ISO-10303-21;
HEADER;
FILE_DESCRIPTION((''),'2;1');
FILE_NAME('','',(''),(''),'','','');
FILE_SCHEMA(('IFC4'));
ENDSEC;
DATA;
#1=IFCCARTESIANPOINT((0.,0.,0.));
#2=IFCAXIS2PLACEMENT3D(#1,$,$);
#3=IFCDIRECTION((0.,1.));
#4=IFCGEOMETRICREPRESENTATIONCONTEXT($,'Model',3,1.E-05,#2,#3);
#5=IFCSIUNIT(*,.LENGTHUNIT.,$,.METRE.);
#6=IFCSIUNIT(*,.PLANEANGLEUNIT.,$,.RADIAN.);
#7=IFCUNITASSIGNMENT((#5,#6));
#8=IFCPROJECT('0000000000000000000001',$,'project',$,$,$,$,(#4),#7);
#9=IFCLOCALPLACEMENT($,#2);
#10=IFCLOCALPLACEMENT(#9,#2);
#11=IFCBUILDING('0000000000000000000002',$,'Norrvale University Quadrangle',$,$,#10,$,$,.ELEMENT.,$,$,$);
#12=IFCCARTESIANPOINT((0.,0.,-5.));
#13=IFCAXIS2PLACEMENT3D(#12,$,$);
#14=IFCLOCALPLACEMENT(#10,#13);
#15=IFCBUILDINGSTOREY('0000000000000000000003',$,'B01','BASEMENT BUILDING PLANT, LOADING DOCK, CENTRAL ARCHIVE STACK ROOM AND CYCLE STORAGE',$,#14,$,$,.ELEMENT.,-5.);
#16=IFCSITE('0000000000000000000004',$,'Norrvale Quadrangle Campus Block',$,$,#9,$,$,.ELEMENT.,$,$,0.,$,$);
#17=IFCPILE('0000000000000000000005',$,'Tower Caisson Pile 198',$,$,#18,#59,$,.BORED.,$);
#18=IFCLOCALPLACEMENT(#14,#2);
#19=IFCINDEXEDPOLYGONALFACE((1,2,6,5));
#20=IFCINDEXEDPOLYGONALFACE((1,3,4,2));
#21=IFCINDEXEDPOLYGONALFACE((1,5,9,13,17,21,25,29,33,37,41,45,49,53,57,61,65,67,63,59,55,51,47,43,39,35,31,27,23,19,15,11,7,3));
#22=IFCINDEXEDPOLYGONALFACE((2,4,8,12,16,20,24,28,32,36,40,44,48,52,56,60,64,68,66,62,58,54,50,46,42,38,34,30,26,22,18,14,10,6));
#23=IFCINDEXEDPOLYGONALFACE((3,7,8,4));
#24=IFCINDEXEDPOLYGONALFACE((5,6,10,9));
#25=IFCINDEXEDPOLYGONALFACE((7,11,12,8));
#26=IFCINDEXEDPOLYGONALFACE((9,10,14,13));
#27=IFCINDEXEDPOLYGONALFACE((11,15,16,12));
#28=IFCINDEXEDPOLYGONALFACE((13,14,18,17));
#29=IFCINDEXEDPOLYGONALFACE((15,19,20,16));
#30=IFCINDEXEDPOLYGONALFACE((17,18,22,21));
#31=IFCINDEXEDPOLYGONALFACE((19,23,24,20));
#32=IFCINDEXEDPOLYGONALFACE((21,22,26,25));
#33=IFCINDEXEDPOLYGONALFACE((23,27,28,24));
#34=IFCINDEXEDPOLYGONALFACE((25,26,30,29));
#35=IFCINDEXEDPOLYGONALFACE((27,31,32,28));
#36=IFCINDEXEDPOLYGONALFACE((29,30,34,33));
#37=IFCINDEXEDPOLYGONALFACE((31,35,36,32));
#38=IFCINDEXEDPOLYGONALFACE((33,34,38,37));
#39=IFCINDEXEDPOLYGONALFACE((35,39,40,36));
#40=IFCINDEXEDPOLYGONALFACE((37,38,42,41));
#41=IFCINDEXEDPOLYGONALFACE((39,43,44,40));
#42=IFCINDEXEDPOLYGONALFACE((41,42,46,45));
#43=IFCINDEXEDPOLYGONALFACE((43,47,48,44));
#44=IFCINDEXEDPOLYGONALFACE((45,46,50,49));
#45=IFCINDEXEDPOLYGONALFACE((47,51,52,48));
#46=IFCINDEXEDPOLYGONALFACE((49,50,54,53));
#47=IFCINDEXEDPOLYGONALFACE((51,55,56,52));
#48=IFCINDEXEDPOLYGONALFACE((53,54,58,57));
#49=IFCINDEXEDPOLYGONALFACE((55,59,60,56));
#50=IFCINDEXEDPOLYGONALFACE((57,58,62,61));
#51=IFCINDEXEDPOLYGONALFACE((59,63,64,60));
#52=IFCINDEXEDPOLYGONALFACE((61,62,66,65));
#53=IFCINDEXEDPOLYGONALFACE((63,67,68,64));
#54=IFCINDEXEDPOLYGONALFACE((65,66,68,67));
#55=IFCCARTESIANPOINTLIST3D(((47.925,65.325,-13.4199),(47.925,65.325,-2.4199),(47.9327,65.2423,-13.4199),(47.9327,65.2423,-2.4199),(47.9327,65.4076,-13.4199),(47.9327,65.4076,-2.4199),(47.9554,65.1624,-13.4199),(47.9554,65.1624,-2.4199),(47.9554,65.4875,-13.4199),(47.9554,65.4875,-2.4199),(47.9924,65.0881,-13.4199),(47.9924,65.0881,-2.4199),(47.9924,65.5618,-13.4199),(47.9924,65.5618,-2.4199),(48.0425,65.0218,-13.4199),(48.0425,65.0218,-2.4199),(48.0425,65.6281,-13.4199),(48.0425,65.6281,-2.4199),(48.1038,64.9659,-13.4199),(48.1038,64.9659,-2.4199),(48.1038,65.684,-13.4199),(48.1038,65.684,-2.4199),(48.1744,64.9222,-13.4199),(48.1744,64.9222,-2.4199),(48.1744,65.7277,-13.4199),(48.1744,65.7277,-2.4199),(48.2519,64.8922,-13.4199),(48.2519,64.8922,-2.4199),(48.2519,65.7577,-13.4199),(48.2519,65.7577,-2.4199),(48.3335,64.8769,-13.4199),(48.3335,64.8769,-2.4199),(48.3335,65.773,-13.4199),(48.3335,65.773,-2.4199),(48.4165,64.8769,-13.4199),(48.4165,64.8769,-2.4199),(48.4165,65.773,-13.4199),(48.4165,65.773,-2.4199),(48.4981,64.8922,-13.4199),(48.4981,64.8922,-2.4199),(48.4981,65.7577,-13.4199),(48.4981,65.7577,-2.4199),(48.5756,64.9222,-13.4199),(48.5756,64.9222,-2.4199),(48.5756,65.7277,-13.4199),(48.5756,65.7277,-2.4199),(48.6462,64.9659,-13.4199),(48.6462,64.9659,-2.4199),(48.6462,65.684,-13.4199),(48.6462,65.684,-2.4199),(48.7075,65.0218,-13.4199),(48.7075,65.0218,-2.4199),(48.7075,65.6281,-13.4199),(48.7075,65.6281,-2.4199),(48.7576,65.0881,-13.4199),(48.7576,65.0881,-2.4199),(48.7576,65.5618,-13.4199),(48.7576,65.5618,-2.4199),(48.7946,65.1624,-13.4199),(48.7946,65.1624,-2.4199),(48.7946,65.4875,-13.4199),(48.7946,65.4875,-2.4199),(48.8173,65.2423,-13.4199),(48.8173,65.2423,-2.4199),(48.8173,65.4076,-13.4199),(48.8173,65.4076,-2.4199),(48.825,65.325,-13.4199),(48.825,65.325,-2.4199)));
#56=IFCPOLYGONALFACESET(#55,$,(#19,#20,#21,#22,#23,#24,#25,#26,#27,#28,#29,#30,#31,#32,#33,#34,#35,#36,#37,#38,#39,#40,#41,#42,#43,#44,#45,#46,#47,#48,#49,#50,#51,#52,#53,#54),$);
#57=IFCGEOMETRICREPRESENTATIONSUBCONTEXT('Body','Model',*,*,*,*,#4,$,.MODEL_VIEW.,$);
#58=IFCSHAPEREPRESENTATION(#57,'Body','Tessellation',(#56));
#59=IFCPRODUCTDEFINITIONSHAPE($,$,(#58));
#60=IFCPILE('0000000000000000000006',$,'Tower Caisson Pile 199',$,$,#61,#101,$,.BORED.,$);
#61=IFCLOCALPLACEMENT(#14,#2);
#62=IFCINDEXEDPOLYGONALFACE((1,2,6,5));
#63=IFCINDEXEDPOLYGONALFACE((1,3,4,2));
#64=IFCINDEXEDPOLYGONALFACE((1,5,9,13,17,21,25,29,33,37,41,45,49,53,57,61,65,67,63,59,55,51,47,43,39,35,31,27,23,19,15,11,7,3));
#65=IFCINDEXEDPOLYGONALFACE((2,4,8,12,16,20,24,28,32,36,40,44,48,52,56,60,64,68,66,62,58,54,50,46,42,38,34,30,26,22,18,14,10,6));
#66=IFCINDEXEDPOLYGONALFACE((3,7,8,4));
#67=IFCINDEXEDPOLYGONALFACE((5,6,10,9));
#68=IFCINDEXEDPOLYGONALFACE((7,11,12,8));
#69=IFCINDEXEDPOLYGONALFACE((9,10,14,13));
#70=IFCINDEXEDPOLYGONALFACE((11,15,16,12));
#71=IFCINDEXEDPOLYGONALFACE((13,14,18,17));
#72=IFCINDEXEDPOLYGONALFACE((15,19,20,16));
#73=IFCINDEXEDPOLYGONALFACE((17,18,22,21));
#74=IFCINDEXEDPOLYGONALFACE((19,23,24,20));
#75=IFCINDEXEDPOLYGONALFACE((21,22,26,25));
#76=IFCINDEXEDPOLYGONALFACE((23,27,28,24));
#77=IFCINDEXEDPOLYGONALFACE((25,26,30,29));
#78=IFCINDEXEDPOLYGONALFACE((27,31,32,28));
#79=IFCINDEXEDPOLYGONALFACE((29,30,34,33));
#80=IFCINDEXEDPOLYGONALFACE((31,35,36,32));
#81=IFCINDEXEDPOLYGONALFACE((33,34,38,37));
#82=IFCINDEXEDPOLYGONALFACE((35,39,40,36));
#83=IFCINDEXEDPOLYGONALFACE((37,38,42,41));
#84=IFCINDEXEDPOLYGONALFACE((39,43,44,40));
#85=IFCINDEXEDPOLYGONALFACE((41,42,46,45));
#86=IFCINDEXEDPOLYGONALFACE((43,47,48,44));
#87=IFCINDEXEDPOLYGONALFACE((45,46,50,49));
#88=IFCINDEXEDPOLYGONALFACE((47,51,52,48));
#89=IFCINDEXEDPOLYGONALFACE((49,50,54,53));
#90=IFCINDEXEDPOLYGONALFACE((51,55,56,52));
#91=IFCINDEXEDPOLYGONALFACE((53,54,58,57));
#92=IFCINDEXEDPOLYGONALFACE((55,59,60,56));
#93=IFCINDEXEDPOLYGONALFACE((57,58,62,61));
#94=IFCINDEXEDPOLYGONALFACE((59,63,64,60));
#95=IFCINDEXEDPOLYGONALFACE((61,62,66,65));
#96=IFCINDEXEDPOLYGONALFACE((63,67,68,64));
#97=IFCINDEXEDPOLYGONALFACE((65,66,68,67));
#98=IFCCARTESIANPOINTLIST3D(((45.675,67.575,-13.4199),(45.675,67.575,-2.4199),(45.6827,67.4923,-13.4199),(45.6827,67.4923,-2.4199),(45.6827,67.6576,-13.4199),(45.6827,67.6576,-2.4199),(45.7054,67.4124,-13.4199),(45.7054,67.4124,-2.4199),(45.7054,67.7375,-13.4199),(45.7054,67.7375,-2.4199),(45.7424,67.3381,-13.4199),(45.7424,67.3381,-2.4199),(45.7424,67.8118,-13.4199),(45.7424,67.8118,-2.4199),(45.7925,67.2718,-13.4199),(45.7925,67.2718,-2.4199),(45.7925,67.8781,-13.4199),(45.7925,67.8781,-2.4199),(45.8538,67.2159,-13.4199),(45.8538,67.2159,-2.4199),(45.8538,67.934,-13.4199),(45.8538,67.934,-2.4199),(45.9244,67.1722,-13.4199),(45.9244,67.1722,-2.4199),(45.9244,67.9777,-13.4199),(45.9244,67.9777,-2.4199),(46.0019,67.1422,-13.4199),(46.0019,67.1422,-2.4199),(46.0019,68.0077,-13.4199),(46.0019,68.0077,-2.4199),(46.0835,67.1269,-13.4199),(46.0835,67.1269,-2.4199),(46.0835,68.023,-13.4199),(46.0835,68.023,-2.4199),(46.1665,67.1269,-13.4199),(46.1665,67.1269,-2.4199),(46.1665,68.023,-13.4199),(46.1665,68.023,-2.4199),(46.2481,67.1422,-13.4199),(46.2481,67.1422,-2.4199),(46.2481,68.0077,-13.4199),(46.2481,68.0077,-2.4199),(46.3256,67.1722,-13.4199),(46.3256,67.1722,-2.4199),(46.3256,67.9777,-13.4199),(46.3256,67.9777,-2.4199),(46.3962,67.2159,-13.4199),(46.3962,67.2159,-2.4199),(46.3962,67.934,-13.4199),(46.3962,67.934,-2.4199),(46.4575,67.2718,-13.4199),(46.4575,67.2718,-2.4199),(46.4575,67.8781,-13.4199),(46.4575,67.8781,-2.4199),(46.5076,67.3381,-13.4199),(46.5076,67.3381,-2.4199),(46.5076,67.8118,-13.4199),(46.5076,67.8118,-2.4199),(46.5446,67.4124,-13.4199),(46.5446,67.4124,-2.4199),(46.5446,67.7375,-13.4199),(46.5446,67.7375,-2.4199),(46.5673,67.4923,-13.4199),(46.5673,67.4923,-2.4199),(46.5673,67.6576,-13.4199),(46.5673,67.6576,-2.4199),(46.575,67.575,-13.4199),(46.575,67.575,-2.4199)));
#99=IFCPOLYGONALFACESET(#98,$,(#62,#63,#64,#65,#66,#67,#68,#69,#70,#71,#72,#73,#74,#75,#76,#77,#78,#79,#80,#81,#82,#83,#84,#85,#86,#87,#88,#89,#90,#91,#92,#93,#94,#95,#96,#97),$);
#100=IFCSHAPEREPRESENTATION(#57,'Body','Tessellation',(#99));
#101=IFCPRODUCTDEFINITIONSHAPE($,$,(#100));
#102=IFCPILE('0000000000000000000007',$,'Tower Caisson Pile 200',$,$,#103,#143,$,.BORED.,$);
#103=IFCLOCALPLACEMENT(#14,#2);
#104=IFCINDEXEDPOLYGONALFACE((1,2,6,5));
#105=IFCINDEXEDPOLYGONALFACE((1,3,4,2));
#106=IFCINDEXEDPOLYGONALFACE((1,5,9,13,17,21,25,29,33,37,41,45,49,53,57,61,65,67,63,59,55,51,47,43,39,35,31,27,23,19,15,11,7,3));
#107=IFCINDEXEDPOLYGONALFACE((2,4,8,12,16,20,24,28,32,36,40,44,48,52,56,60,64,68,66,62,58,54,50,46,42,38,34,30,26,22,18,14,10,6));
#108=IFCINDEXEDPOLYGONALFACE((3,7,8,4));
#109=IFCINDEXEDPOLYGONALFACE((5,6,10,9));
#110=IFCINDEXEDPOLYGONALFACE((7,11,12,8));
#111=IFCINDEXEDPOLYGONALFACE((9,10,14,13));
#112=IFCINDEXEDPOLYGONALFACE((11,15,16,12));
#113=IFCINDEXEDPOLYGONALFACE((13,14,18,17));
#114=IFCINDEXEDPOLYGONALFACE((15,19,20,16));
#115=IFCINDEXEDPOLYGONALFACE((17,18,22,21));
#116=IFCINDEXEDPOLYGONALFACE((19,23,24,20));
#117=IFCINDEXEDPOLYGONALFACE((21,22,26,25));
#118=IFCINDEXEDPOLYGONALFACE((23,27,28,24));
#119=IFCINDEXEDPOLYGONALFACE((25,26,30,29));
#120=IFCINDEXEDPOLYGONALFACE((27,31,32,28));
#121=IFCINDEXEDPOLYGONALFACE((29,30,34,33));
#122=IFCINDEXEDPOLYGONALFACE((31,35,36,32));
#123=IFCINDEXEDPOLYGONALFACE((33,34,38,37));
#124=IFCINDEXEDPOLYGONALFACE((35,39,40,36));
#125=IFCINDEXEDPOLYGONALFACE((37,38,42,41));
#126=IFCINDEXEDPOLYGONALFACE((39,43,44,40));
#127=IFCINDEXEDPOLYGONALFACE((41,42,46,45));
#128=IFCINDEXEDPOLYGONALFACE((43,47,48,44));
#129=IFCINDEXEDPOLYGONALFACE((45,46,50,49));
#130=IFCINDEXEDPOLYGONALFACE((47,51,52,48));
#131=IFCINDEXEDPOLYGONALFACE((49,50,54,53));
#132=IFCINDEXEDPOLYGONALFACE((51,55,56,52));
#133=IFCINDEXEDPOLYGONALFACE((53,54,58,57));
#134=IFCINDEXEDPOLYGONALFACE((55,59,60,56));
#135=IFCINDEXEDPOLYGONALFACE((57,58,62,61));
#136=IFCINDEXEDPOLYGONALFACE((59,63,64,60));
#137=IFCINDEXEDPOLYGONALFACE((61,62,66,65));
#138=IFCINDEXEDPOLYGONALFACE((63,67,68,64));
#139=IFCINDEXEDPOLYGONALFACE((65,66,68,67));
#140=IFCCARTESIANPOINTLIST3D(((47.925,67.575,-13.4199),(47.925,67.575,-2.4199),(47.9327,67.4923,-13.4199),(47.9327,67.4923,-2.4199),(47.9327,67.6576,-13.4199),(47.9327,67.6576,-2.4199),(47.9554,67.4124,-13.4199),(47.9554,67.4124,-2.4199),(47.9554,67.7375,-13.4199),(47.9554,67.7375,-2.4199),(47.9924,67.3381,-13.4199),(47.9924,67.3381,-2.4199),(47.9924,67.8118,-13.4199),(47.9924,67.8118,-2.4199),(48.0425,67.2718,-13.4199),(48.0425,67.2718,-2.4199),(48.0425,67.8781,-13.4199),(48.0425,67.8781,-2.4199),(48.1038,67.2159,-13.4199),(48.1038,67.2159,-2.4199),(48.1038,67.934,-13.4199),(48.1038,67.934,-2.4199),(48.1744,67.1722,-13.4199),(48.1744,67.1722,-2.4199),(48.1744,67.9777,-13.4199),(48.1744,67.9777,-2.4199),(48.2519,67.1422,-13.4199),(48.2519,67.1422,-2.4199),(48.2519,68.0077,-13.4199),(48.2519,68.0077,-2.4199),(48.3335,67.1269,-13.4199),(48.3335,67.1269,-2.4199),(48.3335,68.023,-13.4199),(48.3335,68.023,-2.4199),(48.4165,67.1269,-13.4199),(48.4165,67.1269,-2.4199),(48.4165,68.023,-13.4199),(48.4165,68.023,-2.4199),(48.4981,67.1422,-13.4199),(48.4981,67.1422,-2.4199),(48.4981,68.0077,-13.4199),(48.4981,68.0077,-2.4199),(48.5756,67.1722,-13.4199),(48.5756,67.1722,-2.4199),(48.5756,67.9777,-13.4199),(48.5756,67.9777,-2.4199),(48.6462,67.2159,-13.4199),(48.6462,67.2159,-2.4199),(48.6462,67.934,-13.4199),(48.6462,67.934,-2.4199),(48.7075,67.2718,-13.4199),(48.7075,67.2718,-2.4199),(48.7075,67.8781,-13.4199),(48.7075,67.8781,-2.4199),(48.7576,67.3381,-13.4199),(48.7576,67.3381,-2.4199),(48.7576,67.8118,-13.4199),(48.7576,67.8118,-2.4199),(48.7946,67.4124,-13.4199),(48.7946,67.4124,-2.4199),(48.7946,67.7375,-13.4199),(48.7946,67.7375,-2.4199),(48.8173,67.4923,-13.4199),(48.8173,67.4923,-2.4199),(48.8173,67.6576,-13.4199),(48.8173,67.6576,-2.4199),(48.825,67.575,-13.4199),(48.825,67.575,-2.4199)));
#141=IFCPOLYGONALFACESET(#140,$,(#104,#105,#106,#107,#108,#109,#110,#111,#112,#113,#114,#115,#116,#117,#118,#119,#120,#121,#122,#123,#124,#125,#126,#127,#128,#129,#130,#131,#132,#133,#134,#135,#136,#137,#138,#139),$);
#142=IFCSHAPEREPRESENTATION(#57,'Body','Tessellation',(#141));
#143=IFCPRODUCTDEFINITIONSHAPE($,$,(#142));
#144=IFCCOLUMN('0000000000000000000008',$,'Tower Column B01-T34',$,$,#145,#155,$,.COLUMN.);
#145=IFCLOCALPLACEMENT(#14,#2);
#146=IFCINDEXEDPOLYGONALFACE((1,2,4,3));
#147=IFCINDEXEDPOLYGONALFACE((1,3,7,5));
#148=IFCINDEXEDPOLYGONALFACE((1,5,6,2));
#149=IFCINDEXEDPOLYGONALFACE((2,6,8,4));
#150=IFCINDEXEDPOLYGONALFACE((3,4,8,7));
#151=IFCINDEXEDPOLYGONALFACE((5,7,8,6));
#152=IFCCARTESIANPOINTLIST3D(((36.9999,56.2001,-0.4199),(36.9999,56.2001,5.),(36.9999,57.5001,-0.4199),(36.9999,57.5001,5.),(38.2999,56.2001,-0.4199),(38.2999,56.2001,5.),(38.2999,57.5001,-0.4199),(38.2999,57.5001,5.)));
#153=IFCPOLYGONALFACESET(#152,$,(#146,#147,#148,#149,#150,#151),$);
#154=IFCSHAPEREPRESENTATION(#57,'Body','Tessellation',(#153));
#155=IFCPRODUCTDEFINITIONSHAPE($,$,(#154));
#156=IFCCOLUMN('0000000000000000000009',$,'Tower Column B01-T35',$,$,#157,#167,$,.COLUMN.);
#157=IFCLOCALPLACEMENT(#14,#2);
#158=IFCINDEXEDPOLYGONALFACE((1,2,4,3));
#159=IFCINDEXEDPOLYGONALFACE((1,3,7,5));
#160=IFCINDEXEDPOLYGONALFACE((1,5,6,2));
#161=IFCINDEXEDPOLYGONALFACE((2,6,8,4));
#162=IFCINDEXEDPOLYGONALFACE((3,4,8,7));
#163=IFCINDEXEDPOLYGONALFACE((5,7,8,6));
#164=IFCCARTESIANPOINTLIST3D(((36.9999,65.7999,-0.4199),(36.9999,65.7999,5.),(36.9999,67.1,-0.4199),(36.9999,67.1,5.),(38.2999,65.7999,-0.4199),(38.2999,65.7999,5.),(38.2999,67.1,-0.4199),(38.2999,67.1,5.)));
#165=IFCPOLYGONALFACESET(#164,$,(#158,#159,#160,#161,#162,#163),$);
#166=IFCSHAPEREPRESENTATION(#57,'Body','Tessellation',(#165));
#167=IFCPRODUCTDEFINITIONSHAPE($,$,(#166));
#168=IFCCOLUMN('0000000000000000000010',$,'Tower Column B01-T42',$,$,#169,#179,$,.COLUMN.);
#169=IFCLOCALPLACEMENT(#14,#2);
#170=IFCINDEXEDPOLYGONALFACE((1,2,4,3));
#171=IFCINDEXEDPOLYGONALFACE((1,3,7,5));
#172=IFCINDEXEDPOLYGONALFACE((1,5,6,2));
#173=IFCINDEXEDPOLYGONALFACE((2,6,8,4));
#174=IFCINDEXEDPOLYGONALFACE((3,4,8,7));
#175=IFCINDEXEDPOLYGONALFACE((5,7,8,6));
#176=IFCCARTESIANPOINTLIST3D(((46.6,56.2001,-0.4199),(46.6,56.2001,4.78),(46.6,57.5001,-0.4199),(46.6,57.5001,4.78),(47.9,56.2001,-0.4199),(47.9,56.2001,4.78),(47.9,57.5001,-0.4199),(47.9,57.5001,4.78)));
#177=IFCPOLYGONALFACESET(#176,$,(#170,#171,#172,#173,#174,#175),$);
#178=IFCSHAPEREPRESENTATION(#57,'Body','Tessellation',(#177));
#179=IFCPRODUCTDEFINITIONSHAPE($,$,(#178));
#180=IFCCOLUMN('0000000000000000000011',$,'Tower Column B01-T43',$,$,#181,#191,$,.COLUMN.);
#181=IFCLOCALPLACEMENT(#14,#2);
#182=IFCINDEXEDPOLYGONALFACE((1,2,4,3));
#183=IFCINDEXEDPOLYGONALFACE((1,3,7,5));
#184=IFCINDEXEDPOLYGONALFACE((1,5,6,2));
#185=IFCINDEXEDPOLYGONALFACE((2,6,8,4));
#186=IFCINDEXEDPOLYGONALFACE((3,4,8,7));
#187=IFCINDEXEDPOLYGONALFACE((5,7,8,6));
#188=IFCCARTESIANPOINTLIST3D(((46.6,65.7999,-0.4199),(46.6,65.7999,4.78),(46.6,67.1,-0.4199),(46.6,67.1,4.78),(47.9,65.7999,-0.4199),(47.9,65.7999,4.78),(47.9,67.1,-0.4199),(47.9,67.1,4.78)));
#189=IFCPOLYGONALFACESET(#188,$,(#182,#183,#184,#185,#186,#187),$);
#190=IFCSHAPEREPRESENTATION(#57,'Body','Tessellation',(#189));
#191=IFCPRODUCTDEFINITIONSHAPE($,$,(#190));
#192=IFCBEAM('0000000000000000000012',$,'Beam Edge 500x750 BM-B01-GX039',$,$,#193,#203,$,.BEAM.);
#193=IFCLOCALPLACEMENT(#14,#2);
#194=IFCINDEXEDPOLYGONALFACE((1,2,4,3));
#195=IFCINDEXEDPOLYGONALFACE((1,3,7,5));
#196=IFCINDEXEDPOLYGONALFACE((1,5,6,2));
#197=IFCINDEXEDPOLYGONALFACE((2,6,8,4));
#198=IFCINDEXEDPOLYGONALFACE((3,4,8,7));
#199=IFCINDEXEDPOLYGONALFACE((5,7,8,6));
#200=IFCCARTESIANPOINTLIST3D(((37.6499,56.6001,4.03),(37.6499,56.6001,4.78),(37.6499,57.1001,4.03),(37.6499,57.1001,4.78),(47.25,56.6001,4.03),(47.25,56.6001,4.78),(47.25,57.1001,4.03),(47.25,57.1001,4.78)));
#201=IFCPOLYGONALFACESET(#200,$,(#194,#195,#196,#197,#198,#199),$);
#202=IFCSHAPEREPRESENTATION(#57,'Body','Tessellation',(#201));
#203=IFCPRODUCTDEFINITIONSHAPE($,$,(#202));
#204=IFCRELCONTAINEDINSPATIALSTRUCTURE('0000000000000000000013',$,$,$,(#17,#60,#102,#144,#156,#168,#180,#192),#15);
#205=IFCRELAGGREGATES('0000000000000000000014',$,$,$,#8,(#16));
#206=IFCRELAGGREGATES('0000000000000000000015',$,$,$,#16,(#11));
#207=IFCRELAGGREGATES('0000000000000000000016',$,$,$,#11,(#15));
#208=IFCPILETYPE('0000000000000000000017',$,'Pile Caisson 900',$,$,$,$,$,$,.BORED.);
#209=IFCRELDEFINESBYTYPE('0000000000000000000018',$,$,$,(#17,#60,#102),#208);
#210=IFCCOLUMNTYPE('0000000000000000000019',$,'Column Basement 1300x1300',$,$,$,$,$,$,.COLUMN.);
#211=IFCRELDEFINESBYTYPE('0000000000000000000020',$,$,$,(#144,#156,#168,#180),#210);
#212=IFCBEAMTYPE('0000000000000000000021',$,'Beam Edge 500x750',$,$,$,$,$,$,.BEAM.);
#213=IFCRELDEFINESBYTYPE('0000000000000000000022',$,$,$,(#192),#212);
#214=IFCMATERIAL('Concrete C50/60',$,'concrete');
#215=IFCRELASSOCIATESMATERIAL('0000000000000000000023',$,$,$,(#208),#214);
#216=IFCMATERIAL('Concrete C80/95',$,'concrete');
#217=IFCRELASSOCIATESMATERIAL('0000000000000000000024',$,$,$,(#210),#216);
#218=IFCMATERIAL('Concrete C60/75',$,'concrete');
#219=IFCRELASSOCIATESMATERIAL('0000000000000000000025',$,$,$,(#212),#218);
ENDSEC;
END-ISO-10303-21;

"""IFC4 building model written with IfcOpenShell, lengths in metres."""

from ifc_helpers import new_model, si_unit, direction, frame, origin, origin_2d, place, context, subcontext, project, spatial, rectangle, circle, extrude, material, material_profile, profile_set, type_object, element, save


model = new_model("IFC4")

# Units and contexts
model_context = context("Model", 3, precision=1e-05, world=origin(), true_north=direction((0.0, 1.0)))
body_context = subcontext(model_context, "Body", "Model", "MODEL_VIEW")
ifc_project = project(units=[si_unit("LENGTHUNIT", "METRE"), si_unit("PLANEANGLEUNIT", "RADIAN")], contexts=[model_context])

# Site, building, storey
site_placement = place(None, origin())
site = spatial("IfcSite", under=ifc_project, at=site_placement, Name="Norrvale Quadrangle Campus Block", CompositionType="ELEMENT", RefElevation=0.0)
building_placement = place(site_placement, origin())
building = spatial("IfcBuilding", under=site, at=building_placement, Name="Norrvale University Quadrangle", CompositionType="ELEMENT")
storey_placement = place(building_placement, frame((0.0, 0.0, -5.0)))
storey = spatial("IfcBuildingStorey", under=building, at=storey_placement, Name="B01", Description="BASEMENT BUILDING PLANT, LOADING DOCK, CENTRAL ARCHIVE STACK ROOM AND CYCLE STORAGE", CompositionType="ELEMENT", Elevation=-5.0)

# Shared definitions
ifc_material_1 = material(Name="Concrete C50/60", Category="concrete")

# Piles
ifc_material_profile_1 = material_profile(ifc_material_1, circle(Radius=0.45, at=origin_2d()), Name="Concrete C50/60")
ifc_profile_set_1 = profile_set([ifc_material_profile_1], Name="Concrete C50/60")
pile_type_1 = type_object("IfcPileType", Name="Pile Caisson 900", PredefinedType="BORED", material=ifc_profile_set_1)
for number, where, z_axis, x_axis, name in (
    (1, (48.375, 65.325, -2.4199), (0.0, 0.0, -1.0), (1.0, 0.0, 0.0), "Tower Caisson Pile 198"),
    (2, (46.125, 67.575, -2.4199), (0.0, 0.0, -1.0), (1.0, 0.0, 0.0), "Tower Caisson Pile 199"),
    (3, (48.375, 67.575, -2.4199), (0.0, 0.0, -1.0), (1.0, 0.0, 0.0), "Tower Caisson Pile 200"),
):
    element("IfcPile", number, at=place(storey_placement, frame(where, z_axis=z_axis, x_axis=x_axis)), inside=storey, type_object=pile_type_1, Name=name, PredefinedType="BORED", context=body_context, shape_type="SweptSolid", body=[
        extrude(circle(Radius=0.45, at=origin_2d()), origin(), (0.0, 0.0, 1.0), 11.0),
    ])

# Columns
ifc_material_2 = material(Name="Concrete C80/95", Category="concrete")
ifc_material_profile_2 = material_profile(ifc_material_2, rectangle(XDim=1.3, YDim=1.3, at=origin_2d()), Name="Concrete C80/95")
ifc_profile_set_2 = profile_set([ifc_material_profile_2], Name="Concrete C80/95")
column_type = type_object("IfcColumnType", Name="Column Basement 1300x1300", PredefinedType="COLUMN", material=ifc_profile_set_2)
for number, where, z_axis, x_axis, name in (
    (4, (37.6499, 56.8501, -0.4199), (0.0, 0.0, 1.0), (1.0, 0.0, 0.0), "Tower Column B01-T34"),
    (5, (37.6499, 66.45, -0.4199), (0.0, 0.0, 1.0), (1.0, 0.0, 0.0), "Tower Column B01-T35"),
):
    element("IfcColumn", number, at=place(storey_placement, frame(where, z_axis=z_axis, x_axis=x_axis)), inside=storey, type_object=column_type, Name=name, PredefinedType="COLUMN", context=body_context, shape_type="SweptSolid", body=[
        extrude(rectangle(XDim=1.3, YDim=1.3, at=origin_2d()), origin(), (0.0, 0.0, 1.0), 5.4199),
    ])
for number, where, z_axis, x_axis, name in (
    (6, (47.25, 56.8501, -0.4199), (0.0, 0.0, 1.0), (1.0, 0.0, 0.0), "Tower Column B01-T42"),
    (7, (47.25, 66.45, -0.4199), (0.0, 0.0, 1.0), (1.0, 0.0, 0.0), "Tower Column B01-T43"),
):
    element("IfcColumn", number, at=place(storey_placement, frame(where, z_axis=z_axis, x_axis=x_axis)), inside=storey, type_object=column_type, Name=name, PredefinedType="COLUMN", context=body_context, shape_type="SweptSolid", body=[
        extrude(rectangle(XDim=1.3, YDim=1.3, at=origin_2d()), origin(), (0.0, 0.0, 1.0), 5.2),
    ])

# Beam
ifc_material_3 = material(Name="Concrete C60/75", Category="concrete")
ifc_material_profile_3 = material_profile(ifc_material_3, rectangle(XDim=0.5, YDim=0.75, at=origin_2d()), Name="Concrete C60/75")
ifc_profile_set_3 = profile_set([ifc_material_profile_3], Name="Concrete C60/75")
beam_type_1 = type_object("IfcBeamType", Name="Beam Edge 500x750", PredefinedType="BEAM", material=ifc_profile_set_3)
for number, where, z_axis, x_axis, name in (
    (8, (37.6499, 56.8501, 4.405), (1.0, 0.0, 0.0), (0.0, 1.0, 0.0), "Beam Edge 500x750 BM-B01-GX039"),
):
    element("IfcBeam", number, at=place(storey_placement, frame(where, z_axis=z_axis, x_axis=x_axis)), inside=storey, type_object=beam_type_1, Name=name, PredefinedType="BEAM", context=body_context, shape_type="SweptSolid", body=[
        extrude(rectangle(XDim=0.5, YDim=0.75, at=origin_2d()), origin(), (0.0, 0.0, 1.0), 9.6001),
    ])

save(model, "model.ifc")
